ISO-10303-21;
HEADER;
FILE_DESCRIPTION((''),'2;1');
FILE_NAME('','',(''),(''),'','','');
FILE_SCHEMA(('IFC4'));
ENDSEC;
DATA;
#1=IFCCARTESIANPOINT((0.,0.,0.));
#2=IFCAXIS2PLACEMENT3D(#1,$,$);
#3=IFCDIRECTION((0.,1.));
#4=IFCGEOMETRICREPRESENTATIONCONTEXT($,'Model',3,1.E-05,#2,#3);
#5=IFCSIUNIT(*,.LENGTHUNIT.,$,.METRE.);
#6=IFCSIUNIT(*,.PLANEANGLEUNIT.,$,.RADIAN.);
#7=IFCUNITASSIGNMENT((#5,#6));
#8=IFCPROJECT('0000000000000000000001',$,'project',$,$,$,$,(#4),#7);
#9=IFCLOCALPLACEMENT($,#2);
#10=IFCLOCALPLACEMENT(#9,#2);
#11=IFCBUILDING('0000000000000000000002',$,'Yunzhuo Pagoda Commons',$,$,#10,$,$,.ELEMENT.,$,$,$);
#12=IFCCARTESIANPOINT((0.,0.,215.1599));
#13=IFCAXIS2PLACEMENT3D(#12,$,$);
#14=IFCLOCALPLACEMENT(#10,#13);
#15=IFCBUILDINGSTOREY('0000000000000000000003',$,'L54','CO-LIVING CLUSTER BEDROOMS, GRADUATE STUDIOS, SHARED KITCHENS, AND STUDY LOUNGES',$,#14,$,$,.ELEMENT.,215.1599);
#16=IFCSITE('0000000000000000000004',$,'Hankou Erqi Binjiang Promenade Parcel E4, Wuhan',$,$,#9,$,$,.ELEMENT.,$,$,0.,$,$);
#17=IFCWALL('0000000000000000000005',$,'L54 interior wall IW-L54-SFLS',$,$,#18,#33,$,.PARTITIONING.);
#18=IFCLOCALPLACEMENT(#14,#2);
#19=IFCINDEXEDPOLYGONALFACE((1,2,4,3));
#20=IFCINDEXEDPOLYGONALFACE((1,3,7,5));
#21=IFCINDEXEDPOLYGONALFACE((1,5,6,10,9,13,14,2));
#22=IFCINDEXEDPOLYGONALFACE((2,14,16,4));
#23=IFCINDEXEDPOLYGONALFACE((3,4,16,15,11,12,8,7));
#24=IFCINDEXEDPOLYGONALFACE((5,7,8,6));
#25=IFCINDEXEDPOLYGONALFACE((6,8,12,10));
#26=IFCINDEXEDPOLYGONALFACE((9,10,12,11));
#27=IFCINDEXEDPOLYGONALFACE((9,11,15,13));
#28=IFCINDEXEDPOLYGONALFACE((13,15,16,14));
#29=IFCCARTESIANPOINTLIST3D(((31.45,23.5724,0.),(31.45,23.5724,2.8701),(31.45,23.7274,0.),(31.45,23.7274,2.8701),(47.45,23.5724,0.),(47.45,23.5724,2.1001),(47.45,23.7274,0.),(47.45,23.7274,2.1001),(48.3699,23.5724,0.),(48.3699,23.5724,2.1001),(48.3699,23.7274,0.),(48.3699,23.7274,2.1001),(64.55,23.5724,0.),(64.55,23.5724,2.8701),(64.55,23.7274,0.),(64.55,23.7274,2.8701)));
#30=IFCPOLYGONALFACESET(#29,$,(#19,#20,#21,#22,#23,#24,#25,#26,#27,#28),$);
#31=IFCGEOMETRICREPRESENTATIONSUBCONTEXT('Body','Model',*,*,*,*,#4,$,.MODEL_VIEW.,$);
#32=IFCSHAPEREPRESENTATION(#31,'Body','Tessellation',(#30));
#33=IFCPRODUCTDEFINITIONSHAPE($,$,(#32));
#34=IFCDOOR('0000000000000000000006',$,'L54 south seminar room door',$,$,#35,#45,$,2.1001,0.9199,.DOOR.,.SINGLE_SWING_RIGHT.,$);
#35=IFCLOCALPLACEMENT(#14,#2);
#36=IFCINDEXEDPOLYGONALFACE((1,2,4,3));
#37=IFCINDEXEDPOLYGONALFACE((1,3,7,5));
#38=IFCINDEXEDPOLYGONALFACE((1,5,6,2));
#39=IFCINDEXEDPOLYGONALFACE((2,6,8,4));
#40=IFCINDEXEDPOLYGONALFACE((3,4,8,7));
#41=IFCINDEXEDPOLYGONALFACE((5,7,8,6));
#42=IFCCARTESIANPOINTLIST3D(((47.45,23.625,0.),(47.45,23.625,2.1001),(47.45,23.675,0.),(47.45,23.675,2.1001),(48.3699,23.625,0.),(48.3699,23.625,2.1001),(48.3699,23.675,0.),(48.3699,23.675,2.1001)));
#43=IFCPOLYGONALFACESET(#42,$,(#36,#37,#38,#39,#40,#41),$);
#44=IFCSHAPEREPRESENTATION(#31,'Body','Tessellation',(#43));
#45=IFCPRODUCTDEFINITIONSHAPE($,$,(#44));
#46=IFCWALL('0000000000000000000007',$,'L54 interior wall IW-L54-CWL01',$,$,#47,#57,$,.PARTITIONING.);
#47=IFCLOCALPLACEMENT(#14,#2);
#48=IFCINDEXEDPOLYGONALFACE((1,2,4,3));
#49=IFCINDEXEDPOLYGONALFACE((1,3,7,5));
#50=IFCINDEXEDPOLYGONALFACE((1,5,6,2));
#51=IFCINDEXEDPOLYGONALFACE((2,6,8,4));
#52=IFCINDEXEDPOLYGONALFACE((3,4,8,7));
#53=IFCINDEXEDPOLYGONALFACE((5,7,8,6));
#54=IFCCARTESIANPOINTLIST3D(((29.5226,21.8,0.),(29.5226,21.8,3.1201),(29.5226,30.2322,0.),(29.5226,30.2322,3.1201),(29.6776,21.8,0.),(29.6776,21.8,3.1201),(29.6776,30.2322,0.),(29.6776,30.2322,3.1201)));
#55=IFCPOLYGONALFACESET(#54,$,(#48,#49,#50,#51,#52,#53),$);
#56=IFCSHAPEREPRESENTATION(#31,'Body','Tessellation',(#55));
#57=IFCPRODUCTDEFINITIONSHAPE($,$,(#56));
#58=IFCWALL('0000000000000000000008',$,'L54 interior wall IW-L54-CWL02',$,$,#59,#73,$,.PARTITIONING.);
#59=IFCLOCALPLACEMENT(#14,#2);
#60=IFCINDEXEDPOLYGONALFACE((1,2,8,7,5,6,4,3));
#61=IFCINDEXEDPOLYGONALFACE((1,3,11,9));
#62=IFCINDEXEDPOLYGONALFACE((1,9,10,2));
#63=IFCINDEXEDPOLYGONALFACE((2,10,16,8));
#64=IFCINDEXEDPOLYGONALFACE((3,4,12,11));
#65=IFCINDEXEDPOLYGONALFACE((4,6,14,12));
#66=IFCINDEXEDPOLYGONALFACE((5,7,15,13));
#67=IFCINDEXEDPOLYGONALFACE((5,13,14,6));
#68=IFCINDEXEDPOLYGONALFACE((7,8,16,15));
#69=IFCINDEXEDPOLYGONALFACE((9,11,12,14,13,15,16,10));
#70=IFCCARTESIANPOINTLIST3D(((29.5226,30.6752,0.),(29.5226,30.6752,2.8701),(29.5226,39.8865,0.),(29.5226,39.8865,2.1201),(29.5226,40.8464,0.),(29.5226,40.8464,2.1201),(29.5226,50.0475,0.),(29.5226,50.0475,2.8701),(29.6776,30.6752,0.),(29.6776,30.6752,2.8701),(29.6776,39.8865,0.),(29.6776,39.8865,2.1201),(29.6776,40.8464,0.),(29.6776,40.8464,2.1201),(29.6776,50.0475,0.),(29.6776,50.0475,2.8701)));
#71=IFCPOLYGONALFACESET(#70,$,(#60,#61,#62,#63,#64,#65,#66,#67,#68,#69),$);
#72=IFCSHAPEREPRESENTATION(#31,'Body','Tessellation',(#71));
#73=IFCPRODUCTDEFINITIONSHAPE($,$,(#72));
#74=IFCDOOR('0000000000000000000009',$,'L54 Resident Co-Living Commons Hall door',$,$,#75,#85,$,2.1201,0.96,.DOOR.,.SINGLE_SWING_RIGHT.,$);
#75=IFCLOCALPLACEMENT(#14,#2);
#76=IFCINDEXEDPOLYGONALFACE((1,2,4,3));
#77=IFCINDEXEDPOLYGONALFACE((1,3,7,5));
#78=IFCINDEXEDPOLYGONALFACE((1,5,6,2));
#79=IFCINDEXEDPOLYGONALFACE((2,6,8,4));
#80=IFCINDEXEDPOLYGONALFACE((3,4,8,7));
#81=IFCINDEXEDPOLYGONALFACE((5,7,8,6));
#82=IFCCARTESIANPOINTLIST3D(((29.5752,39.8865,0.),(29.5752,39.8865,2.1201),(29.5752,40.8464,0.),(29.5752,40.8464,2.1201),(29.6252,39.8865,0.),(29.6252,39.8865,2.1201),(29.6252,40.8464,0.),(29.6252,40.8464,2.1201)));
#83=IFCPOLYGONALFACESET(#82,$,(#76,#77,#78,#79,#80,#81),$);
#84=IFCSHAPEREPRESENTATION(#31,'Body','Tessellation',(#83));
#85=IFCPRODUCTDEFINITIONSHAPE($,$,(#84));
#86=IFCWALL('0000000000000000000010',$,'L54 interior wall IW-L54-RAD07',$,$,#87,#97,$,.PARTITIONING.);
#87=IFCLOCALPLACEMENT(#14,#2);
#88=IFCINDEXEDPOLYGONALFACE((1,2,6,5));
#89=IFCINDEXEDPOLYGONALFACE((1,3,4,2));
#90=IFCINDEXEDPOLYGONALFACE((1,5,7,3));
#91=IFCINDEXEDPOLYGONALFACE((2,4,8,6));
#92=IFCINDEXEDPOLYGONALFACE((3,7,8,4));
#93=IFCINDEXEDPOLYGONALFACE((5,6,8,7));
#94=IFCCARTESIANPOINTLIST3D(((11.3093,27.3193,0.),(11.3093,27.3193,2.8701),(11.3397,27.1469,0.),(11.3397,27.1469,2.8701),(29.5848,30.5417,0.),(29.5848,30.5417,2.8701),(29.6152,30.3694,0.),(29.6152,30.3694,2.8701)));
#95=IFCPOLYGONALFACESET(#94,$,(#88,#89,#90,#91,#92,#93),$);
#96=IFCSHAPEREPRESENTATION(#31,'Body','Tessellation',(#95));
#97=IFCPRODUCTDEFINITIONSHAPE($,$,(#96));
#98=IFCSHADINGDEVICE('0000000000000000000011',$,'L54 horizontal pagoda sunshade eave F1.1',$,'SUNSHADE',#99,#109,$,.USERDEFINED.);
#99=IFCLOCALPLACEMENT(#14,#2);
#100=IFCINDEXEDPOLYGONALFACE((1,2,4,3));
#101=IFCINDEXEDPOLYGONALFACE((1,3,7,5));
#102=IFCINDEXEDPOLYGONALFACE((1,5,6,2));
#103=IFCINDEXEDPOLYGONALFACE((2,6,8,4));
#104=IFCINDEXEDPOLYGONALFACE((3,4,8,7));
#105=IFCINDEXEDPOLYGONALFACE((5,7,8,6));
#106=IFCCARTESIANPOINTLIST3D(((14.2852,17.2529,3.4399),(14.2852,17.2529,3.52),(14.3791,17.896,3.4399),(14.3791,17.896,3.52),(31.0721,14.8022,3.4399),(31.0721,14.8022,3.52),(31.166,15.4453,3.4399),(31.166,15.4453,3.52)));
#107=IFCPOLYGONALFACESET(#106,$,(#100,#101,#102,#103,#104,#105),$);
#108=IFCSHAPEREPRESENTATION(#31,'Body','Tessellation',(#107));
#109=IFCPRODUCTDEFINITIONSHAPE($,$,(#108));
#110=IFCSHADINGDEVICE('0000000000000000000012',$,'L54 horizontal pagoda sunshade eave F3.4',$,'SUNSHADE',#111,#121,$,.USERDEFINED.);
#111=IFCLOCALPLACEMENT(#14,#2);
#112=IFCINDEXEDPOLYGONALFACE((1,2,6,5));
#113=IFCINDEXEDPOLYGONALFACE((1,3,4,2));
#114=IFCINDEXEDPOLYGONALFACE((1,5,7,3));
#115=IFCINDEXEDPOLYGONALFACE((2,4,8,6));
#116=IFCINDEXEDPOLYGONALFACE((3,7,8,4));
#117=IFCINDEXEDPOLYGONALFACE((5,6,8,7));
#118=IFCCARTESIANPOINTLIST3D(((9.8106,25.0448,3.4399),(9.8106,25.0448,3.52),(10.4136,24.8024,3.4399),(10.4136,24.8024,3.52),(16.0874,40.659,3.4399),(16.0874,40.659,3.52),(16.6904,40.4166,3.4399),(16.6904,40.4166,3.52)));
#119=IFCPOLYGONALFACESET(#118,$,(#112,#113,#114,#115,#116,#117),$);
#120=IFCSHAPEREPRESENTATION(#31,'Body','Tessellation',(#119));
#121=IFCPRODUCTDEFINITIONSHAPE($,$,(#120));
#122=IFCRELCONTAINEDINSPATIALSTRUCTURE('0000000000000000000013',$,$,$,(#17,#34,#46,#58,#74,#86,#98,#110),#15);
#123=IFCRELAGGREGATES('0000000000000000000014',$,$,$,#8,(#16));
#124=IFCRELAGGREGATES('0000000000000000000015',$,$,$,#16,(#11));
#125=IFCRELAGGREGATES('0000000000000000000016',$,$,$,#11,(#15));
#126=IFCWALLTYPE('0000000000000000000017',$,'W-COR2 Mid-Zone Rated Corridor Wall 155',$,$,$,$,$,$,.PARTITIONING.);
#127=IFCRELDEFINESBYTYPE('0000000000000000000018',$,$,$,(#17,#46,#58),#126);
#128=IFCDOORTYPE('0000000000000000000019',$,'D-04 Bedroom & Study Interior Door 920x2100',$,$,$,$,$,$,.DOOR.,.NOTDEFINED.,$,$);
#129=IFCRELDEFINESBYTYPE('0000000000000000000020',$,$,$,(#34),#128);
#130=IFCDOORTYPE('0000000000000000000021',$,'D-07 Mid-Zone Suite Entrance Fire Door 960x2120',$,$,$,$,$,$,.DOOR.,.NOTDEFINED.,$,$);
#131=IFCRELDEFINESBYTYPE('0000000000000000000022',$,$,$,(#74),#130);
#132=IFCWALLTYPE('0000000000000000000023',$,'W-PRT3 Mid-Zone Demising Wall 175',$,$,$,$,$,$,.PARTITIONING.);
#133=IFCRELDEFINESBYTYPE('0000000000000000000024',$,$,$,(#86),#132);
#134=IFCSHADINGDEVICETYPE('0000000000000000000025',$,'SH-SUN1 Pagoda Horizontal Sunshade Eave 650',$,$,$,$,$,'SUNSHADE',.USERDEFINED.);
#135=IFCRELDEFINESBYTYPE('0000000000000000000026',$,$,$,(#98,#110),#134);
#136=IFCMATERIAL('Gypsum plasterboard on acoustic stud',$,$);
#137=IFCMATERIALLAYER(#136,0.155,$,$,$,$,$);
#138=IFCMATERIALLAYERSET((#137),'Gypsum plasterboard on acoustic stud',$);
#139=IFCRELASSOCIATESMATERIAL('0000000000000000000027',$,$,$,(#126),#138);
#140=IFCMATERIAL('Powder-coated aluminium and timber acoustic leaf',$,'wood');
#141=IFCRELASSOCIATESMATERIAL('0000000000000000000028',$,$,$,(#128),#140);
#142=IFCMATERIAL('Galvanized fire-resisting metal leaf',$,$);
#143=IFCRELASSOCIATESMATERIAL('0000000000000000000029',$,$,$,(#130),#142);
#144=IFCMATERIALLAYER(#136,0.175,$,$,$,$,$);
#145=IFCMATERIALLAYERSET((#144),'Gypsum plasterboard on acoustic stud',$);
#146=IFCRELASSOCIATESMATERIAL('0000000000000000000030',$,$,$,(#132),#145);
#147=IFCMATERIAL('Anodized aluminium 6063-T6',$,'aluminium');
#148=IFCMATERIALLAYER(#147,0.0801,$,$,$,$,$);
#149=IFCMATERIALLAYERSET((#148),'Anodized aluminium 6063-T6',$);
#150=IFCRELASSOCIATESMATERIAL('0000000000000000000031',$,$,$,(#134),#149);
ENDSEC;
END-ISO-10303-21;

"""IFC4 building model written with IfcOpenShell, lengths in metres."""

from ifc_helpers import new_model, si_unit, direction, frame, frame_2d, origin, origin_with_axes, origin_2d, place, context, subcontext, project, spatial, rectangle, extrude, source, transform, mapped, material, layer, layer_set, type_object, element, fill, save


model = new_model("IFC4")

# Units and contexts
model_context = context("Model", 3, precision=1e-05, world=origin(), true_north=direction((0.0, 1.0)))
body_context = subcontext(model_context, "Body", "Model", "MODEL_VIEW")
ifc_project = project(units=[si_unit("LENGTHUNIT", "METRE"), si_unit("PLANEANGLEUNIT", "RADIAN")], contexts=[model_context])

# Site, building, storey
site_placement = place(None, origin())
site = spatial("IfcSite", under=ifc_project, at=site_placement, Name="Hankou Erqi Binjiang Promenade Parcel E4, Wuhan", CompositionType="ELEMENT", RefElevation=0.0)
building_placement = place(site_placement, origin())
building = spatial("IfcBuilding", under=site, at=building_placement, Name="Yunzhuo Pagoda Commons", CompositionType="ELEMENT")
storey_placement = place(building_placement, frame((0.0, 0.0, 215.1599)))
storey = spatial("IfcBuildingStorey", under=building, at=storey_placement, Name="L54", Description="CO-LIVING CLUSTER BEDROOMS, GRADUATE STUDIOS, SHARED KITCHENS, AND STUDY LOUNGES", CompositionType="ELEMENT", Elevation=215.1599)

# Shared definitions
ifc_material_1 = material(Name="Anodized aluminium 6063-T6", Category="aluminium")

# Wall, opening, door
ifc_material_2 = material(Name="Gypsum plasterboard on acoustic stud")
ifc_layer_1 = layer(ifc_material_2, 0.155)
ifc_layer_set_1 = layer_set([ifc_layer_1], Name="Gypsum plasterboard on acoustic stud")
wall_type_1 = type_object("IfcWallType", Name="W-COR2 Mid-Zone Rated Corridor Wall 155", PredefinedType="PARTITIONING", material=ifc_layer_set_1)
ifc_material_3 = material(Name="Powder-coated aluminium and timber acoustic leaf", Category="wood")
wall_1_placement = place(storey_placement, frame((31.45, 23.6499, 0.0), z_axis=(0.0, 0.0, 1.0), x_axis=(1.0, 0.0, 0.0)))
wall_1 = element("IfcWall", 1, at=wall_1_placement, inside=storey, type_object=wall_type_1, Name="L54 interior wall IW-L54-SFLS", PredefinedType="PARTITIONING", context=body_context, shape_type="SweptSolid", body=[
    extrude(rectangle(XDim=33.1001, YDim=0.155, at=frame_2d((16.55, 0.0))), origin(), (0.0, 0.0, 1.0), 2.8701),
])
opening_1_placement = place(wall_1_placement, frame((16.0, 0.0, 0.0)))
opening_1 = element("IfcOpeningElement", 2, at=opening_1_placement, cuts=wall_1, PredefinedType="OPENING", context=body_context, shape_type="SweptSolid", body=[
    extrude(rectangle(XDim=0.9199, YDim=2.1001, at=frame_2d((0.46, 1.05))), frame((0.0, 0.0874, 0.0), z_axis=(0.0, -1.0, 0.0), x_axis=(1.0, 0.0, 0.0)), (0.0, 0.0, 1.0), 0.175),
])
door_type_1 = type_object("IfcDoorType", Name="D-04 Bedroom & Study Interior Door 920x2100", OperationType="NOTDEFINED", PredefinedType="DOOR", material=ifc_material_3)
shared_shape_1 = source(origin(), body_context, "Body", "SweptSolid", [
    extrude(rectangle(XDim=0.9199, YDim=2.1001, at=frame_2d((0.46, 1.05))), frame((0.0, 0.0249, 0.0), z_axis=(0.0, -1.0, 0.0), x_axis=(1.0, 0.0, 0.0)), (0.0, 0.0, 1.0), 0.05),
])
door_1_placement = place(opening_1_placement, frame((0.9199, 0.0, 0.0), z_axis=(0.0, 0.0, 1.0), x_axis=(-1.0, 0.0, 0.0)))
door_1 = element("IfcDoor", 3, at=door_1_placement, inside=storey, type_object=door_type_1, Name="L54 south seminar room door", OperationType="SINGLE_SWING_RIGHT", OverallHeight=2.1001, OverallWidth=0.9199, PredefinedType="DOOR", context=body_context, shape_type="MappedRepresentation", body=[
    mapped(shared_shape_1, transform((0.0, 0.0, 0.0), scale=1.0)),
])
fill(opening_1, door_1)

# Wall
wall_2_placement = place(storey_placement, frame((29.6001, 21.8, 0.0), z_axis=(0.0, 0.0, 1.0), x_axis=(0.0, 1.0, 0.0)))
element("IfcWall", 4, at=wall_2_placement, inside=storey, type_object=wall_type_1, Name="L54 interior wall IW-L54-CWL01", PredefinedType="PARTITIONING", context=body_context, shape_type="SweptSolid", body=[
    extrude(rectangle(XDim=8.4321, YDim=0.155, at=frame_2d((4.2161, 0.0))), origin(), (0.0, 0.0, 1.0), 3.1201),
])

# Wall, opening, door
wall_3_placement = place(storey_placement, frame((29.6001, 30.6753, 0.0), z_axis=(0.0, 0.0, 1.0), x_axis=(0.0, 1.0, 0.0)))
wall_3 = element("IfcWall", 5, at=wall_3_placement, inside=storey, type_object=wall_type_1, Name="L54 interior wall IW-L54-CWL02", PredefinedType="PARTITIONING", context=body_context, shape_type="SweptSolid", body=[
    extrude(rectangle(XDim=19.3723, YDim=0.155, at=frame_2d((9.686, 0.0))), origin(), (0.0, 0.0, 1.0), 2.8701),
])
opening_2_placement = place(wall_3_placement, frame((9.2112, 0.0, 0.0)))
opening_2 = element("IfcOpeningElement", 6, at=opening_2_placement, cuts=wall_3, PredefinedType="OPENING", context=body_context, shape_type="SweptSolid", body=[
    extrude(rectangle(XDim=0.96, YDim=2.1201, at=frame_2d((0.48, 1.0601))), frame((0.0, 0.0874, 0.0), z_axis=(0.0, -1.0, 0.0), x_axis=(1.0, 0.0, 0.0)), (0.0, 0.0, 1.0), 0.175),
])
ifc_material_4 = material(Name="Galvanized fire-resisting metal leaf")
door_type_2 = type_object("IfcDoorType", Name="D-07 Mid-Zone Suite Entrance Fire Door 960x2120", OperationType="NOTDEFINED", PredefinedType="DOOR", material=ifc_material_4)
shared_shape_2 = source(origin(), body_context, "Body", "SweptSolid", [
    extrude(rectangle(XDim=0.96, YDim=2.1201, at=frame_2d((0.48, 1.0601))), frame((0.0, 0.0249, 0.0), z_axis=(0.0, -1.0, 0.0), x_axis=(1.0, 0.0, 0.0)), (0.0, 0.0, 1.0), 0.05),
])
door_2_placement = place(opening_2_placement, origin_with_axes())
door_2 = element("IfcDoor", 7, at=door_2_placement, inside=storey, type_object=door_type_2, Name="L54 Resident Co-Living Commons Hall door", OperationType="SINGLE_SWING_RIGHT", OverallHeight=2.1201, OverallWidth=0.96, PredefinedType="DOOR", context=body_context, shape_type="MappedRepresentation", body=[
    mapped(shared_shape_2, transform((0.0, 0.0, 0.0), scale=1.0)),
])
fill(opening_2, door_2)

# Wall
ifc_layer_2 = layer(ifc_material_2, 0.175)
ifc_layer_set_2 = layer_set([ifc_layer_2], Name="Gypsum plasterboard on acoustic stud")
wall_type_2 = type_object("IfcWallType", Name="W-PRT3 Mid-Zone Demising Wall 175", PredefinedType="PARTITIONING", material=ifc_layer_set_2)
wall_4_placement = place(storey_placement, frame((29.6001, 30.4556, 0.0), z_axis=(0.0, 0.0, 1.0), x_axis=(-0.984808, -0.173646, 0.0)))
element("IfcWall", 8, at=wall_4_placement, inside=storey, type_object=wall_type_2, Name="L54 interior wall IW-L54-RAD07", PredefinedType="PARTITIONING", context=body_context, shape_type="SweptSolid", body=[
    extrude(rectangle(XDim=18.5574, YDim=0.175, at=frame_2d((9.2788, 0.0))), origin(), (0.0, 0.0, 1.0), 2.8701),
])

# Shading devices
ifc_layer_3 = layer(ifc_material_1, 0.0801)
ifc_layer_set_3 = layer_set([ifc_layer_3], Name="Anodized aluminium 6063-T6")
shading_device_type = type_object("IfcShadingDeviceType", Name="SH-SUN1 Pagoda Horizontal Sunshade Eave 650", ElementType="SUNSHADE", PredefinedType="USERDEFINED", material=ifc_layer_set_3)
shared_shape_3 = source(origin(), body_context, "Body", "SweptSolid", [
    extrude(rectangle(XDim=16.9648, YDim=0.6499, at=origin_2d()), origin(), (0.0, 0.0, 1.0), 0.0801),
])
shading_device_1_placement = place(storey_placement, frame((22.7256, 16.3491, 3.4399), z_axis=(0.0, 0.0, 1.0), x_axis=(0.989511, -0.14446, 0.0)))
element("IfcShadingDevice", 9, at=shading_device_1_placement, inside=storey, type_object=shading_device_type, Name="L54 horizontal pagoda sunshade eave F1.1", ObjectType="SUNSHADE", PredefinedType="USERDEFINED", context=body_context, shape_type="MappedRepresentation", body=[
    mapped(shared_shape_3, transform((0.0, 0.0, 0.0), scale=1.0)),
])
shared_shape_4 = source(origin(), body_context, "Body", "SweptSolid", [
    extrude(rectangle(XDim=16.8286, YDim=0.6499, at=origin_2d()), origin(), (0.0, 0.0, 1.0), 0.0801),
])
shading_device_2_placement = place(storey_placement, frame((13.2505, 32.7307, 3.4399), z_axis=(0.0, 0.0, 1.0), x_axis=(-0.372988, -0.927836, 0.0)))
element("IfcShadingDevice", 10, at=shading_device_2_placement, inside=storey, type_object=shading_device_type, Name="L54 horizontal pagoda sunshade eave F3.4", ObjectType="SUNSHADE", PredefinedType="USERDEFINED", context=body_context, shape_type="MappedRepresentation", body=[
    mapped(shared_shape_4, transform((0.0, 0.0, 0.0), scale=1.0)),
])

save(model, "model.ifc")
